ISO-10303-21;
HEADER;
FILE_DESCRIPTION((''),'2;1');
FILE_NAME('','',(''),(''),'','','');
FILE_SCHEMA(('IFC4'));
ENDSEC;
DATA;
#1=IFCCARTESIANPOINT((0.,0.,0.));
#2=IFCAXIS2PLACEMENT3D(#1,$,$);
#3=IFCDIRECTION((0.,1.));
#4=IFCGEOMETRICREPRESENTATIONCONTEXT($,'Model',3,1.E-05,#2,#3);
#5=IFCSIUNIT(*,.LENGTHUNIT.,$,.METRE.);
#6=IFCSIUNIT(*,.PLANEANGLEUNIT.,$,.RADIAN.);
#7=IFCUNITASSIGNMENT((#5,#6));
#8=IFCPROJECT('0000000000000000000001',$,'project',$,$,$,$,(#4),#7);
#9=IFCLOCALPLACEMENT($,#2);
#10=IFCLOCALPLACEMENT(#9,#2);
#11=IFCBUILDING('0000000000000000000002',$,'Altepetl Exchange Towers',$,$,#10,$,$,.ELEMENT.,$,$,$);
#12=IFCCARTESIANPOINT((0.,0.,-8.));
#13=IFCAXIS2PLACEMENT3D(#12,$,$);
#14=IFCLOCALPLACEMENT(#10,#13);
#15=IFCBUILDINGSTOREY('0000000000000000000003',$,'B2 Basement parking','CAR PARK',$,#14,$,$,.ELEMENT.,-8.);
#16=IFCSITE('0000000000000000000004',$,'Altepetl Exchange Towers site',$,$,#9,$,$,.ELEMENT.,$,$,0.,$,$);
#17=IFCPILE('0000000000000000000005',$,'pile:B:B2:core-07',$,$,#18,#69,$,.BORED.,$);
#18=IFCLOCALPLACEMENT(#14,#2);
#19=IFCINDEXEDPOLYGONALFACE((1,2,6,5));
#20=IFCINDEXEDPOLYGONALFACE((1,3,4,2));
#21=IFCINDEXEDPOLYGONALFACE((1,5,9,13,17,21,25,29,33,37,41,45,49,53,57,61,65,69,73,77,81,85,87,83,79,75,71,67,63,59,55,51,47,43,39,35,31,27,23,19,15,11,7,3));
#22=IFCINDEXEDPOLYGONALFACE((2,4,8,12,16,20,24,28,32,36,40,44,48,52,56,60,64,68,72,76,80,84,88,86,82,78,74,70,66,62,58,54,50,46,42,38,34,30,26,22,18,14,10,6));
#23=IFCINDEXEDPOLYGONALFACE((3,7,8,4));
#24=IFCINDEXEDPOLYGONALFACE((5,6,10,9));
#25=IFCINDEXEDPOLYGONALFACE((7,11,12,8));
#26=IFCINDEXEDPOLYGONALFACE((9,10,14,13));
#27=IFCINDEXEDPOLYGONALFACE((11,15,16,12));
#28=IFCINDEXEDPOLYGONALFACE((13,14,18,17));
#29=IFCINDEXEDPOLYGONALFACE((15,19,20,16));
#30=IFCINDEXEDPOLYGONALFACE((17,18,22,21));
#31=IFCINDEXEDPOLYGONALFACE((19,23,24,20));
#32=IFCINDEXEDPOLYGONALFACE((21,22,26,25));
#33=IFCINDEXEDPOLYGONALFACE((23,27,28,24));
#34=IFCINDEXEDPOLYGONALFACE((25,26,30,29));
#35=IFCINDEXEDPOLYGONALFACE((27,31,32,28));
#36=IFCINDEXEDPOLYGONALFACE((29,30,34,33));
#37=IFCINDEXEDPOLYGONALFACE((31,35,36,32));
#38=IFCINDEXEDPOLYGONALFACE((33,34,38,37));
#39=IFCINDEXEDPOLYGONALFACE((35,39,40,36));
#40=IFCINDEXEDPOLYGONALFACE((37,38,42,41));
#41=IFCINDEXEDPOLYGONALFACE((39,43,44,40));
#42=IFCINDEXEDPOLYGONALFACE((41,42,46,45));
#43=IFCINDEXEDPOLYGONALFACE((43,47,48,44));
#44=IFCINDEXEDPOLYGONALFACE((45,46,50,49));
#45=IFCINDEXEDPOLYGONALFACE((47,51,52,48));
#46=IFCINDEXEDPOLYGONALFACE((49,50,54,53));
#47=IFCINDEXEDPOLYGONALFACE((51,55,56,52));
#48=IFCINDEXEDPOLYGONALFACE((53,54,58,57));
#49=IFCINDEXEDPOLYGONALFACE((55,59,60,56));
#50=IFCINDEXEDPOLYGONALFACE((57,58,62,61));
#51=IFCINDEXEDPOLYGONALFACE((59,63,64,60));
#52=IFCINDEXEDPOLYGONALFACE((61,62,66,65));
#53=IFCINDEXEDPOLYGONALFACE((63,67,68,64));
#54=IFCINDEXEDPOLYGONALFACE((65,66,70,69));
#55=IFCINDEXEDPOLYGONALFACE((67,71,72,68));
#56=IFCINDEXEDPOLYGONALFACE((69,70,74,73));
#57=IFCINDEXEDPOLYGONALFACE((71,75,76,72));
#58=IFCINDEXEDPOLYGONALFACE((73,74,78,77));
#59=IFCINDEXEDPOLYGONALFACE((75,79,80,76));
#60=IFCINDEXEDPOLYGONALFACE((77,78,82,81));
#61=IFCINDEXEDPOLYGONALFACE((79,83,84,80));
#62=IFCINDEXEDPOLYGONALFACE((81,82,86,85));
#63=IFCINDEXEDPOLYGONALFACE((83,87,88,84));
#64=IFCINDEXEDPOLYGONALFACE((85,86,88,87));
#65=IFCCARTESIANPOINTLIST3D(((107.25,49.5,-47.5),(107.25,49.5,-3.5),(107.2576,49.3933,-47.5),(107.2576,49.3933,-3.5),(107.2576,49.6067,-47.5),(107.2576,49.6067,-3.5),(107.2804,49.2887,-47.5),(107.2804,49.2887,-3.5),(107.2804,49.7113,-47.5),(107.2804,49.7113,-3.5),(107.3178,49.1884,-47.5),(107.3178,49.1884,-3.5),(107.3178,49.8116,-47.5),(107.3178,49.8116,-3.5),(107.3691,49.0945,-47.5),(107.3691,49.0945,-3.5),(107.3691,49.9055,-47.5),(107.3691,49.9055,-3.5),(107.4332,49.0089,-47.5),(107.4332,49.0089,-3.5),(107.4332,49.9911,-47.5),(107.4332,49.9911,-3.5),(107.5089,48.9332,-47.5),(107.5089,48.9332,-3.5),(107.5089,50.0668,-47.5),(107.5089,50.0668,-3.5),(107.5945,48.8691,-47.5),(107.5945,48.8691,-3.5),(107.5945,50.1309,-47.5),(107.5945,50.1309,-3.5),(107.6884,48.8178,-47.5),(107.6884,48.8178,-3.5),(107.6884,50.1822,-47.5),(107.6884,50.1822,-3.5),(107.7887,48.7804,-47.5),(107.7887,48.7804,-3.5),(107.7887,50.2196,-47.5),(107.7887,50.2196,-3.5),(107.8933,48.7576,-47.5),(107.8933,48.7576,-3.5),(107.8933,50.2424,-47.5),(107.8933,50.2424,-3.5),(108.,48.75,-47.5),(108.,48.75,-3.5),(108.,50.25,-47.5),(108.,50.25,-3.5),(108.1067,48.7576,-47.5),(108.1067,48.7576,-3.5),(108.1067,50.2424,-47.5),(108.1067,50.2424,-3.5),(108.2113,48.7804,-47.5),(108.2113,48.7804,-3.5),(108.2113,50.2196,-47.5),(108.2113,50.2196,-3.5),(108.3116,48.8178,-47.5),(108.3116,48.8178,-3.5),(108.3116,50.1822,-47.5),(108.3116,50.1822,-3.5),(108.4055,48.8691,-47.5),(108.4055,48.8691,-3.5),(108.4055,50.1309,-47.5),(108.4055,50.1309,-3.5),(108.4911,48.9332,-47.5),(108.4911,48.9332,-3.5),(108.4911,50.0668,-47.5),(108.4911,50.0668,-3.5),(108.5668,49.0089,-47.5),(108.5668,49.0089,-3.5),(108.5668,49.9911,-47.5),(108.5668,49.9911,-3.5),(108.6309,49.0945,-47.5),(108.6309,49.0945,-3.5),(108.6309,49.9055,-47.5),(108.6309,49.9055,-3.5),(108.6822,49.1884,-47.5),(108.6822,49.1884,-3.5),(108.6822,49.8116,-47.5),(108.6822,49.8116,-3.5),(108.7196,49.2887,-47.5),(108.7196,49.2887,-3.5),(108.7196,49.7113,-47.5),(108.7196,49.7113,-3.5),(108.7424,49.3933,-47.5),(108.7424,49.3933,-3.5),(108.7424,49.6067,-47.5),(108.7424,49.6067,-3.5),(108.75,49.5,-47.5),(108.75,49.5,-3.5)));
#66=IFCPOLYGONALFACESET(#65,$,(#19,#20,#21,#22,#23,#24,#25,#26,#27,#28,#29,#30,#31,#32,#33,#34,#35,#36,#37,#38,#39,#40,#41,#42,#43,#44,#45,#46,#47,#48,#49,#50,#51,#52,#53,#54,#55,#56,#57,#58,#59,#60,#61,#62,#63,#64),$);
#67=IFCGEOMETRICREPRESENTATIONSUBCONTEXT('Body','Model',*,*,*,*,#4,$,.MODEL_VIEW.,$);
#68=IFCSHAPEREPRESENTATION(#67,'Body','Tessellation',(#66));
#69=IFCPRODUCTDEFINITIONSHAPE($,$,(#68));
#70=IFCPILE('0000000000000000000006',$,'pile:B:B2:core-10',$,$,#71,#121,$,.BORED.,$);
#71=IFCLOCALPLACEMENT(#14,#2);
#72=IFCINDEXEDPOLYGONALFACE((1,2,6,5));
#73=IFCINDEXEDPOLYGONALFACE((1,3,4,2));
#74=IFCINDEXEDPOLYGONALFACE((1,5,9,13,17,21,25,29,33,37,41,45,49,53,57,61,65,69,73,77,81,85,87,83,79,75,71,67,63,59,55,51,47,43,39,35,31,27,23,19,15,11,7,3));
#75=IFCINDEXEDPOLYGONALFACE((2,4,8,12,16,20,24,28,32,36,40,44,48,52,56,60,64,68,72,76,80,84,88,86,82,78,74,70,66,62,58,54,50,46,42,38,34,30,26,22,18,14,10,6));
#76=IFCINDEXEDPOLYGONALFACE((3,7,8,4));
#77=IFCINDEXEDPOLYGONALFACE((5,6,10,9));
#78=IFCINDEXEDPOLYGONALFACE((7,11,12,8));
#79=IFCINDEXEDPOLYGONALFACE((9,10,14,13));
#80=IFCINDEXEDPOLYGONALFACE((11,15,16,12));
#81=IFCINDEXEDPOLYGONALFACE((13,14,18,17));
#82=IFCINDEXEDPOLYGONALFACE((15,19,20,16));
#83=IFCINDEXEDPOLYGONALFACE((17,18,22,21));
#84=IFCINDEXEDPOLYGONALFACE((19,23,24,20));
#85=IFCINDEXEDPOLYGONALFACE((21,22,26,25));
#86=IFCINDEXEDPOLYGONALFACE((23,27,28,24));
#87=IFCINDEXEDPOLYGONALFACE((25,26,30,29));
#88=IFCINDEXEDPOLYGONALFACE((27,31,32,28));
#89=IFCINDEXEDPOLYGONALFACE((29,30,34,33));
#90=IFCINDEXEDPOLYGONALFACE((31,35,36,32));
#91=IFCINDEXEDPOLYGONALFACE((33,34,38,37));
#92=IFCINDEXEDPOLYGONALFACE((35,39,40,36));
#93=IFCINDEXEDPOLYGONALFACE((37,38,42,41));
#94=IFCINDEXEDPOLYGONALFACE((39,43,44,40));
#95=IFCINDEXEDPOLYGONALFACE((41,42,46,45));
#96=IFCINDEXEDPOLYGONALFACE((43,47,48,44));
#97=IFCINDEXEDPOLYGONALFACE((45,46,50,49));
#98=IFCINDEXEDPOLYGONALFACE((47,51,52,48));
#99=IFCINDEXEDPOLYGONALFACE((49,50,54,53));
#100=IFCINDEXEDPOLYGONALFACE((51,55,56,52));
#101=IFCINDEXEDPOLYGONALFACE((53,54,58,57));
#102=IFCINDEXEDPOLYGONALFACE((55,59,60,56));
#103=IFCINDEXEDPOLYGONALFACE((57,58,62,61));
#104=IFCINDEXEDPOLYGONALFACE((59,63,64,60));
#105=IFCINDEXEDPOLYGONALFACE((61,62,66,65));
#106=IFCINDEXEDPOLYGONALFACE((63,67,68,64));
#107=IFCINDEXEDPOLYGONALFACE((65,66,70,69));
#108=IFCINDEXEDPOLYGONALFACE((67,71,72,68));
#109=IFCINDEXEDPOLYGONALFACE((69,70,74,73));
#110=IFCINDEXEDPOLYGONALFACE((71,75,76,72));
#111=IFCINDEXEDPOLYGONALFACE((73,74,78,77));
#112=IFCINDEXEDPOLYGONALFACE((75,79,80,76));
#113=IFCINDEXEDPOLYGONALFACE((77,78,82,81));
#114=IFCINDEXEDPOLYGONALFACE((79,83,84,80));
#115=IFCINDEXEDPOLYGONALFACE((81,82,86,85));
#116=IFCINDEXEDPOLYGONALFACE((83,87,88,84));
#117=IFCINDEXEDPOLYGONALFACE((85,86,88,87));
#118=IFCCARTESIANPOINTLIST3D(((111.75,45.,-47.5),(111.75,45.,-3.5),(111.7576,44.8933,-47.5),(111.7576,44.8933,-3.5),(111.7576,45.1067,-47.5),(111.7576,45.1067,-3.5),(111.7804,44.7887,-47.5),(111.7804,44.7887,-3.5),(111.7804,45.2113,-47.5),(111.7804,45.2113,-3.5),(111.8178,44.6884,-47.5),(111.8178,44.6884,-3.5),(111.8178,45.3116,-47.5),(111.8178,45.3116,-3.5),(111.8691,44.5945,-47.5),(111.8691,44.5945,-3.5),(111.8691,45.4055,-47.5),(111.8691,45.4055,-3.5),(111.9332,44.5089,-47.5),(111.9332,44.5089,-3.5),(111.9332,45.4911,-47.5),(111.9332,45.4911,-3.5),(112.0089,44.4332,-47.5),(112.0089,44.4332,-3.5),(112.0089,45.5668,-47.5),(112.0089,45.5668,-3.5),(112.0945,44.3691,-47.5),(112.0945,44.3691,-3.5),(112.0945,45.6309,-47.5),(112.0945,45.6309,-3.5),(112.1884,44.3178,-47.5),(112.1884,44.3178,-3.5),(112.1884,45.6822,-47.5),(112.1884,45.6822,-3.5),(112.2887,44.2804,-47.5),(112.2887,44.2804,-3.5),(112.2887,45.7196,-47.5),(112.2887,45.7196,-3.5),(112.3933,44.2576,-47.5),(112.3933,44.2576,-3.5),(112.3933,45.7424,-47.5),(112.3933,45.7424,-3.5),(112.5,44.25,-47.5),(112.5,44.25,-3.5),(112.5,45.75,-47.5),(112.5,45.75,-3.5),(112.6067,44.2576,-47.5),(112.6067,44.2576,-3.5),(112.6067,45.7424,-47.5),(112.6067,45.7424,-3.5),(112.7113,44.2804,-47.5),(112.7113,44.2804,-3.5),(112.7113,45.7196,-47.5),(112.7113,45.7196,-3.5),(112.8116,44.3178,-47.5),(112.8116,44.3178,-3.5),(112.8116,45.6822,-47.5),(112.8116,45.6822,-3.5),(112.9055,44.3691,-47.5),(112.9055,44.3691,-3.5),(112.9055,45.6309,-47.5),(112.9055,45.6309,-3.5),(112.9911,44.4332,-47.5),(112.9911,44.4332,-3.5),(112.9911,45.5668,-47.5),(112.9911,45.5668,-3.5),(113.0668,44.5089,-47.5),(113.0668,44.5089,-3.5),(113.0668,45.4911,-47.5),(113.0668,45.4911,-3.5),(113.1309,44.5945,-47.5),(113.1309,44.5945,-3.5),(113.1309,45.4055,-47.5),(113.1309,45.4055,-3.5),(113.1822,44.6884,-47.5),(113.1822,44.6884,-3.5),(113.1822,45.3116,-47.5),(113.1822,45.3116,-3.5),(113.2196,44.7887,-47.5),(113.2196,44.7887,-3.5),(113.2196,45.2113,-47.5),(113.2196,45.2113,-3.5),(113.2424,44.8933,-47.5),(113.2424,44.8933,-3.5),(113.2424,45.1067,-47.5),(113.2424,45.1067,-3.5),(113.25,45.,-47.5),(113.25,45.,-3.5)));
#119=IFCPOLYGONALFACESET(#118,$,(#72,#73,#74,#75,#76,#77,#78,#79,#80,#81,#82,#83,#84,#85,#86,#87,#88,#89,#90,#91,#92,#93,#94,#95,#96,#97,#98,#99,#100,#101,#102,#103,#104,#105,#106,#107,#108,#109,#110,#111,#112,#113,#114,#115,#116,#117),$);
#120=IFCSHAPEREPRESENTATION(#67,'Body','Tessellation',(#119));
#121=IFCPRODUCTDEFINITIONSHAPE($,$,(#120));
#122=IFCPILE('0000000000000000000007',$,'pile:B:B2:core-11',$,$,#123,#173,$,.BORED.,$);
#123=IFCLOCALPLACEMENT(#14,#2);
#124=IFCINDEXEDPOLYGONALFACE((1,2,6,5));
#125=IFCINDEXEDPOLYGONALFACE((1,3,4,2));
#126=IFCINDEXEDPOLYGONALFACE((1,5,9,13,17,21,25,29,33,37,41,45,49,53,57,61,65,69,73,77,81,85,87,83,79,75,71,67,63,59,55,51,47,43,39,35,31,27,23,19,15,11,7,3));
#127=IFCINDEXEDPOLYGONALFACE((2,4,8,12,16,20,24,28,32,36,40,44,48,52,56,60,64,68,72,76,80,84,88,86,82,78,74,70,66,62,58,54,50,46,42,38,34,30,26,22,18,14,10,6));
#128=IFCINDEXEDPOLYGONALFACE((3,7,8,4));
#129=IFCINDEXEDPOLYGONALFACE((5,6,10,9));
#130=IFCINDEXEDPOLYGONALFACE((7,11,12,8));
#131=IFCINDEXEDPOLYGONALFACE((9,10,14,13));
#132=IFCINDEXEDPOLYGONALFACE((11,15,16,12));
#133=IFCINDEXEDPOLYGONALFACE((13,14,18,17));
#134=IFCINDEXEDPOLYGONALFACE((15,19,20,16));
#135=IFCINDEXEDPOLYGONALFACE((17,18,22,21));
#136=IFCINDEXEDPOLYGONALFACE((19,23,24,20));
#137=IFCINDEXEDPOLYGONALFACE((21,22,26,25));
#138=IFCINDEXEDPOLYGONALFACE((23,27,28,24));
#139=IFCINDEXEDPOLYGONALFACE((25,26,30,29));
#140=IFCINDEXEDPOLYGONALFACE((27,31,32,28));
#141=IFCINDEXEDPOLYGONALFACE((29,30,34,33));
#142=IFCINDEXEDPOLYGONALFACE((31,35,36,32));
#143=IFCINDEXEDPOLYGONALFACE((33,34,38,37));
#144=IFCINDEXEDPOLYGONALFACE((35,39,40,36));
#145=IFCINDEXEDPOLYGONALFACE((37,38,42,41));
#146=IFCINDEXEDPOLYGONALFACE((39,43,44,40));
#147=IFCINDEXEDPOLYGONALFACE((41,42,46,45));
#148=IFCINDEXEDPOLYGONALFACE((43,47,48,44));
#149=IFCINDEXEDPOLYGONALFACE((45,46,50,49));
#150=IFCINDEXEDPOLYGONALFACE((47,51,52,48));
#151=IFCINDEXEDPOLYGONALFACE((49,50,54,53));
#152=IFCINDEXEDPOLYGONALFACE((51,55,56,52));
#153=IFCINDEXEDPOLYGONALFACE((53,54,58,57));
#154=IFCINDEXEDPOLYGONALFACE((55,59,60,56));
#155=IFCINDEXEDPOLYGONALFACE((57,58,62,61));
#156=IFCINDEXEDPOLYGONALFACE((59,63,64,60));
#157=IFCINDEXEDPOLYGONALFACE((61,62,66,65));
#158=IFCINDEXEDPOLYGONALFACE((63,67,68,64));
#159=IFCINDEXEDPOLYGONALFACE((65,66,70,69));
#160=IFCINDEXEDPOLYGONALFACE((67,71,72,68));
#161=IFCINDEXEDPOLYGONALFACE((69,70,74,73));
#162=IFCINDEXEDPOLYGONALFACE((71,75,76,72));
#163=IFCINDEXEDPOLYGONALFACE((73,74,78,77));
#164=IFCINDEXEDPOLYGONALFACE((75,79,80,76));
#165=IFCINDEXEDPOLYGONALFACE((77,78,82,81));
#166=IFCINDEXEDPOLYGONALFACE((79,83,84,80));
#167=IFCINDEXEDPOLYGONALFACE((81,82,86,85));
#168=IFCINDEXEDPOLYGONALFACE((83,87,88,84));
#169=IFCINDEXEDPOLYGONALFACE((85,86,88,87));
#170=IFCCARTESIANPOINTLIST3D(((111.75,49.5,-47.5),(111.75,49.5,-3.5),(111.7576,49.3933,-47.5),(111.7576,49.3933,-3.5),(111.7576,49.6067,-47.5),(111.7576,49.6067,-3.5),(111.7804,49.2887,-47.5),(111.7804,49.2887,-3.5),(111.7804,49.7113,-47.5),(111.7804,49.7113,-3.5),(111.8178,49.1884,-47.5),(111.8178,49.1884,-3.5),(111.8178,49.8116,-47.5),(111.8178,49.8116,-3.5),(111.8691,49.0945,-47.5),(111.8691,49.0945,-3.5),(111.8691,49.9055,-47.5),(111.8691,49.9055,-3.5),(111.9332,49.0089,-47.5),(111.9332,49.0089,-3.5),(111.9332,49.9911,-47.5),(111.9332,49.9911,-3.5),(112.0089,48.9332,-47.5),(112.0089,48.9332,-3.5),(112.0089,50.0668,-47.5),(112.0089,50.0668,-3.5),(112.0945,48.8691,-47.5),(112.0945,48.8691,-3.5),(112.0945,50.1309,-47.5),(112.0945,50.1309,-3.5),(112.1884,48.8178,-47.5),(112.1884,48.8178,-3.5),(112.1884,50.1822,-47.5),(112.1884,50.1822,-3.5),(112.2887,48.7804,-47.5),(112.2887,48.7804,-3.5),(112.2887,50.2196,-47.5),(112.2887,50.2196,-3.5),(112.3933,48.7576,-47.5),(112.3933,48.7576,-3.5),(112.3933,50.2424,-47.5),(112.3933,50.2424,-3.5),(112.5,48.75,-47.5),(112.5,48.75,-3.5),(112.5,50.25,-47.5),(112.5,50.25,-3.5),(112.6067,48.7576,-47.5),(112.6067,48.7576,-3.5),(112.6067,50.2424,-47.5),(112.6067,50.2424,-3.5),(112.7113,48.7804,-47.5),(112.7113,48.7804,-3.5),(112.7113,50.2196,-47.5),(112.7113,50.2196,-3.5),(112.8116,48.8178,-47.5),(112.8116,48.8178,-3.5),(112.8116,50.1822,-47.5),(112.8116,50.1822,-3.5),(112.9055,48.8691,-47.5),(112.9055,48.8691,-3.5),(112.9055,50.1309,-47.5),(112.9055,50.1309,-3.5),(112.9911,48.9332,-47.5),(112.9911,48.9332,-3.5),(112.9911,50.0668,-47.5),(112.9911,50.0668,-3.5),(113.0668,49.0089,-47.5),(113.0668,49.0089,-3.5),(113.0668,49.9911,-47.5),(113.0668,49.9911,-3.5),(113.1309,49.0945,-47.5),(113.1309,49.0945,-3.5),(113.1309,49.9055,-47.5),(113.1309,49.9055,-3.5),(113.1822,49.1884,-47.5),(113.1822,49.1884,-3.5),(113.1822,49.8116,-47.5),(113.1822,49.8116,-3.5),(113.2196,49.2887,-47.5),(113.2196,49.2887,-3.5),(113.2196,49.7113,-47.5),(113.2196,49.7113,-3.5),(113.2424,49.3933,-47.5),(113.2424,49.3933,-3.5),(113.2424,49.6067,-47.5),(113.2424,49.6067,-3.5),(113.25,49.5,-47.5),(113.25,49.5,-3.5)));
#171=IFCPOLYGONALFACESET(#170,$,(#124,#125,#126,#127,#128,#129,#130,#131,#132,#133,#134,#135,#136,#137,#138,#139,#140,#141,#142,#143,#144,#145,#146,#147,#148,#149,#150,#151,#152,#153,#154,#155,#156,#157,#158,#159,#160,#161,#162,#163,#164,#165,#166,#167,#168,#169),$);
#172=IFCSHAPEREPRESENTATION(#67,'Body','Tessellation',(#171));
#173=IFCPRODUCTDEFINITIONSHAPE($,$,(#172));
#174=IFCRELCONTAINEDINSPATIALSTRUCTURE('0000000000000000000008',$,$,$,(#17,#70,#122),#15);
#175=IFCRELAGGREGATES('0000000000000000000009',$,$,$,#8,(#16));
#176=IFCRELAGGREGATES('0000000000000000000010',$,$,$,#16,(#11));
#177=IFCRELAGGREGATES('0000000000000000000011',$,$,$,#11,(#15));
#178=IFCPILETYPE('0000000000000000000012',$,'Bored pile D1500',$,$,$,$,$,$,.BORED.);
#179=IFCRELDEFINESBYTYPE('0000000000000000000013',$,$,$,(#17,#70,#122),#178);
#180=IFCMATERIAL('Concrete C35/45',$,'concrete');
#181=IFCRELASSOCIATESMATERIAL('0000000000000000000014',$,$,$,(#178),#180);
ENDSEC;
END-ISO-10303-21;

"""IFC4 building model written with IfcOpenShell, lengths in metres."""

from ifc_helpers import new_model, si_unit, direction, frame, origin, origin_2d, place, context, subcontext, project, spatial, circle, extrude, material, material_profile, profile_set, type_object, element, save


model = new_model("IFC4")

# Units and contexts
model_context = context("Model", 3, precision=1e-05, world=origin(), true_north=direction((0.0, 1.0)))
body_context = subcontext(model_context, "Body", "Model", "MODEL_VIEW")
ifc_project = project(units=[si_unit("LENGTHUNIT", "METRE"), si_unit("PLANEANGLEUNIT", "RADIAN")], contexts=[model_context])

# Site, building, storey
site_placement = place(None, origin())
site = spatial("IfcSite", under=ifc_project, at=site_placement, Name="Altepetl Exchange Towers site", CompositionType="ELEMENT", RefElevation=0.0)
building_placement = place(site_placement, origin())
building = spatial("IfcBuilding", under=site, at=building_placement, Name="Altepetl Exchange Towers", CompositionType="ELEMENT")
storey_placement = place(building_placement, frame((0.0, 0.0, -8.0)))
storey = spatial("IfcBuildingStorey", under=building, at=storey_placement, Name="B2 Basement parking", Description="CAR PARK", CompositionType="ELEMENT", Elevation=-8.0)

# Piles
ifc_material_1 = material(Name="Concrete C35/45", Category="concrete")
ifc_material_profile_1 = material_profile(ifc_material_1, circle(Radius=0.75, at=origin_2d()), Name="D1500")
ifc_profile_set_1 = profile_set([ifc_material_profile_1], Name="Concrete C35/45")
pile_type = type_object("IfcPileType", Name="Bored pile D1500", PredefinedType="BORED", material=ifc_profile_set_1)
for number, where, z_axis, x_axis, name in (
    (1, (108.0, 49.5, -3.5), (0.0, 0.0, -1.0), (1.0, 0.0, 0.0), "pile:B:B2:core-07"),
    (2, (112.5, 45.0, -3.5), (0.0, 0.0, -1.0), (1.0, 0.0, 0.0), "pile:B:B2:core-10"),
    (3, (112.5, 49.5, -3.5), (0.0, 0.0, -1.0), (1.0, 0.0, 0.0), "pile:B:B2:core-11"),
):
    element("IfcPile", number, at=place(storey_placement, frame(where, z_axis=z_axis, x_axis=x_axis)), inside=storey, type_object=pile_type, Name=name, PredefinedType="BORED", context=body_context, shape_type="SweptSolid", body=[
        extrude(circle(Radius=0.75, at=origin_2d()), origin(), (0.0, 0.0, 1.0), 44.0),
    ])

save(model, "model.ifc")
